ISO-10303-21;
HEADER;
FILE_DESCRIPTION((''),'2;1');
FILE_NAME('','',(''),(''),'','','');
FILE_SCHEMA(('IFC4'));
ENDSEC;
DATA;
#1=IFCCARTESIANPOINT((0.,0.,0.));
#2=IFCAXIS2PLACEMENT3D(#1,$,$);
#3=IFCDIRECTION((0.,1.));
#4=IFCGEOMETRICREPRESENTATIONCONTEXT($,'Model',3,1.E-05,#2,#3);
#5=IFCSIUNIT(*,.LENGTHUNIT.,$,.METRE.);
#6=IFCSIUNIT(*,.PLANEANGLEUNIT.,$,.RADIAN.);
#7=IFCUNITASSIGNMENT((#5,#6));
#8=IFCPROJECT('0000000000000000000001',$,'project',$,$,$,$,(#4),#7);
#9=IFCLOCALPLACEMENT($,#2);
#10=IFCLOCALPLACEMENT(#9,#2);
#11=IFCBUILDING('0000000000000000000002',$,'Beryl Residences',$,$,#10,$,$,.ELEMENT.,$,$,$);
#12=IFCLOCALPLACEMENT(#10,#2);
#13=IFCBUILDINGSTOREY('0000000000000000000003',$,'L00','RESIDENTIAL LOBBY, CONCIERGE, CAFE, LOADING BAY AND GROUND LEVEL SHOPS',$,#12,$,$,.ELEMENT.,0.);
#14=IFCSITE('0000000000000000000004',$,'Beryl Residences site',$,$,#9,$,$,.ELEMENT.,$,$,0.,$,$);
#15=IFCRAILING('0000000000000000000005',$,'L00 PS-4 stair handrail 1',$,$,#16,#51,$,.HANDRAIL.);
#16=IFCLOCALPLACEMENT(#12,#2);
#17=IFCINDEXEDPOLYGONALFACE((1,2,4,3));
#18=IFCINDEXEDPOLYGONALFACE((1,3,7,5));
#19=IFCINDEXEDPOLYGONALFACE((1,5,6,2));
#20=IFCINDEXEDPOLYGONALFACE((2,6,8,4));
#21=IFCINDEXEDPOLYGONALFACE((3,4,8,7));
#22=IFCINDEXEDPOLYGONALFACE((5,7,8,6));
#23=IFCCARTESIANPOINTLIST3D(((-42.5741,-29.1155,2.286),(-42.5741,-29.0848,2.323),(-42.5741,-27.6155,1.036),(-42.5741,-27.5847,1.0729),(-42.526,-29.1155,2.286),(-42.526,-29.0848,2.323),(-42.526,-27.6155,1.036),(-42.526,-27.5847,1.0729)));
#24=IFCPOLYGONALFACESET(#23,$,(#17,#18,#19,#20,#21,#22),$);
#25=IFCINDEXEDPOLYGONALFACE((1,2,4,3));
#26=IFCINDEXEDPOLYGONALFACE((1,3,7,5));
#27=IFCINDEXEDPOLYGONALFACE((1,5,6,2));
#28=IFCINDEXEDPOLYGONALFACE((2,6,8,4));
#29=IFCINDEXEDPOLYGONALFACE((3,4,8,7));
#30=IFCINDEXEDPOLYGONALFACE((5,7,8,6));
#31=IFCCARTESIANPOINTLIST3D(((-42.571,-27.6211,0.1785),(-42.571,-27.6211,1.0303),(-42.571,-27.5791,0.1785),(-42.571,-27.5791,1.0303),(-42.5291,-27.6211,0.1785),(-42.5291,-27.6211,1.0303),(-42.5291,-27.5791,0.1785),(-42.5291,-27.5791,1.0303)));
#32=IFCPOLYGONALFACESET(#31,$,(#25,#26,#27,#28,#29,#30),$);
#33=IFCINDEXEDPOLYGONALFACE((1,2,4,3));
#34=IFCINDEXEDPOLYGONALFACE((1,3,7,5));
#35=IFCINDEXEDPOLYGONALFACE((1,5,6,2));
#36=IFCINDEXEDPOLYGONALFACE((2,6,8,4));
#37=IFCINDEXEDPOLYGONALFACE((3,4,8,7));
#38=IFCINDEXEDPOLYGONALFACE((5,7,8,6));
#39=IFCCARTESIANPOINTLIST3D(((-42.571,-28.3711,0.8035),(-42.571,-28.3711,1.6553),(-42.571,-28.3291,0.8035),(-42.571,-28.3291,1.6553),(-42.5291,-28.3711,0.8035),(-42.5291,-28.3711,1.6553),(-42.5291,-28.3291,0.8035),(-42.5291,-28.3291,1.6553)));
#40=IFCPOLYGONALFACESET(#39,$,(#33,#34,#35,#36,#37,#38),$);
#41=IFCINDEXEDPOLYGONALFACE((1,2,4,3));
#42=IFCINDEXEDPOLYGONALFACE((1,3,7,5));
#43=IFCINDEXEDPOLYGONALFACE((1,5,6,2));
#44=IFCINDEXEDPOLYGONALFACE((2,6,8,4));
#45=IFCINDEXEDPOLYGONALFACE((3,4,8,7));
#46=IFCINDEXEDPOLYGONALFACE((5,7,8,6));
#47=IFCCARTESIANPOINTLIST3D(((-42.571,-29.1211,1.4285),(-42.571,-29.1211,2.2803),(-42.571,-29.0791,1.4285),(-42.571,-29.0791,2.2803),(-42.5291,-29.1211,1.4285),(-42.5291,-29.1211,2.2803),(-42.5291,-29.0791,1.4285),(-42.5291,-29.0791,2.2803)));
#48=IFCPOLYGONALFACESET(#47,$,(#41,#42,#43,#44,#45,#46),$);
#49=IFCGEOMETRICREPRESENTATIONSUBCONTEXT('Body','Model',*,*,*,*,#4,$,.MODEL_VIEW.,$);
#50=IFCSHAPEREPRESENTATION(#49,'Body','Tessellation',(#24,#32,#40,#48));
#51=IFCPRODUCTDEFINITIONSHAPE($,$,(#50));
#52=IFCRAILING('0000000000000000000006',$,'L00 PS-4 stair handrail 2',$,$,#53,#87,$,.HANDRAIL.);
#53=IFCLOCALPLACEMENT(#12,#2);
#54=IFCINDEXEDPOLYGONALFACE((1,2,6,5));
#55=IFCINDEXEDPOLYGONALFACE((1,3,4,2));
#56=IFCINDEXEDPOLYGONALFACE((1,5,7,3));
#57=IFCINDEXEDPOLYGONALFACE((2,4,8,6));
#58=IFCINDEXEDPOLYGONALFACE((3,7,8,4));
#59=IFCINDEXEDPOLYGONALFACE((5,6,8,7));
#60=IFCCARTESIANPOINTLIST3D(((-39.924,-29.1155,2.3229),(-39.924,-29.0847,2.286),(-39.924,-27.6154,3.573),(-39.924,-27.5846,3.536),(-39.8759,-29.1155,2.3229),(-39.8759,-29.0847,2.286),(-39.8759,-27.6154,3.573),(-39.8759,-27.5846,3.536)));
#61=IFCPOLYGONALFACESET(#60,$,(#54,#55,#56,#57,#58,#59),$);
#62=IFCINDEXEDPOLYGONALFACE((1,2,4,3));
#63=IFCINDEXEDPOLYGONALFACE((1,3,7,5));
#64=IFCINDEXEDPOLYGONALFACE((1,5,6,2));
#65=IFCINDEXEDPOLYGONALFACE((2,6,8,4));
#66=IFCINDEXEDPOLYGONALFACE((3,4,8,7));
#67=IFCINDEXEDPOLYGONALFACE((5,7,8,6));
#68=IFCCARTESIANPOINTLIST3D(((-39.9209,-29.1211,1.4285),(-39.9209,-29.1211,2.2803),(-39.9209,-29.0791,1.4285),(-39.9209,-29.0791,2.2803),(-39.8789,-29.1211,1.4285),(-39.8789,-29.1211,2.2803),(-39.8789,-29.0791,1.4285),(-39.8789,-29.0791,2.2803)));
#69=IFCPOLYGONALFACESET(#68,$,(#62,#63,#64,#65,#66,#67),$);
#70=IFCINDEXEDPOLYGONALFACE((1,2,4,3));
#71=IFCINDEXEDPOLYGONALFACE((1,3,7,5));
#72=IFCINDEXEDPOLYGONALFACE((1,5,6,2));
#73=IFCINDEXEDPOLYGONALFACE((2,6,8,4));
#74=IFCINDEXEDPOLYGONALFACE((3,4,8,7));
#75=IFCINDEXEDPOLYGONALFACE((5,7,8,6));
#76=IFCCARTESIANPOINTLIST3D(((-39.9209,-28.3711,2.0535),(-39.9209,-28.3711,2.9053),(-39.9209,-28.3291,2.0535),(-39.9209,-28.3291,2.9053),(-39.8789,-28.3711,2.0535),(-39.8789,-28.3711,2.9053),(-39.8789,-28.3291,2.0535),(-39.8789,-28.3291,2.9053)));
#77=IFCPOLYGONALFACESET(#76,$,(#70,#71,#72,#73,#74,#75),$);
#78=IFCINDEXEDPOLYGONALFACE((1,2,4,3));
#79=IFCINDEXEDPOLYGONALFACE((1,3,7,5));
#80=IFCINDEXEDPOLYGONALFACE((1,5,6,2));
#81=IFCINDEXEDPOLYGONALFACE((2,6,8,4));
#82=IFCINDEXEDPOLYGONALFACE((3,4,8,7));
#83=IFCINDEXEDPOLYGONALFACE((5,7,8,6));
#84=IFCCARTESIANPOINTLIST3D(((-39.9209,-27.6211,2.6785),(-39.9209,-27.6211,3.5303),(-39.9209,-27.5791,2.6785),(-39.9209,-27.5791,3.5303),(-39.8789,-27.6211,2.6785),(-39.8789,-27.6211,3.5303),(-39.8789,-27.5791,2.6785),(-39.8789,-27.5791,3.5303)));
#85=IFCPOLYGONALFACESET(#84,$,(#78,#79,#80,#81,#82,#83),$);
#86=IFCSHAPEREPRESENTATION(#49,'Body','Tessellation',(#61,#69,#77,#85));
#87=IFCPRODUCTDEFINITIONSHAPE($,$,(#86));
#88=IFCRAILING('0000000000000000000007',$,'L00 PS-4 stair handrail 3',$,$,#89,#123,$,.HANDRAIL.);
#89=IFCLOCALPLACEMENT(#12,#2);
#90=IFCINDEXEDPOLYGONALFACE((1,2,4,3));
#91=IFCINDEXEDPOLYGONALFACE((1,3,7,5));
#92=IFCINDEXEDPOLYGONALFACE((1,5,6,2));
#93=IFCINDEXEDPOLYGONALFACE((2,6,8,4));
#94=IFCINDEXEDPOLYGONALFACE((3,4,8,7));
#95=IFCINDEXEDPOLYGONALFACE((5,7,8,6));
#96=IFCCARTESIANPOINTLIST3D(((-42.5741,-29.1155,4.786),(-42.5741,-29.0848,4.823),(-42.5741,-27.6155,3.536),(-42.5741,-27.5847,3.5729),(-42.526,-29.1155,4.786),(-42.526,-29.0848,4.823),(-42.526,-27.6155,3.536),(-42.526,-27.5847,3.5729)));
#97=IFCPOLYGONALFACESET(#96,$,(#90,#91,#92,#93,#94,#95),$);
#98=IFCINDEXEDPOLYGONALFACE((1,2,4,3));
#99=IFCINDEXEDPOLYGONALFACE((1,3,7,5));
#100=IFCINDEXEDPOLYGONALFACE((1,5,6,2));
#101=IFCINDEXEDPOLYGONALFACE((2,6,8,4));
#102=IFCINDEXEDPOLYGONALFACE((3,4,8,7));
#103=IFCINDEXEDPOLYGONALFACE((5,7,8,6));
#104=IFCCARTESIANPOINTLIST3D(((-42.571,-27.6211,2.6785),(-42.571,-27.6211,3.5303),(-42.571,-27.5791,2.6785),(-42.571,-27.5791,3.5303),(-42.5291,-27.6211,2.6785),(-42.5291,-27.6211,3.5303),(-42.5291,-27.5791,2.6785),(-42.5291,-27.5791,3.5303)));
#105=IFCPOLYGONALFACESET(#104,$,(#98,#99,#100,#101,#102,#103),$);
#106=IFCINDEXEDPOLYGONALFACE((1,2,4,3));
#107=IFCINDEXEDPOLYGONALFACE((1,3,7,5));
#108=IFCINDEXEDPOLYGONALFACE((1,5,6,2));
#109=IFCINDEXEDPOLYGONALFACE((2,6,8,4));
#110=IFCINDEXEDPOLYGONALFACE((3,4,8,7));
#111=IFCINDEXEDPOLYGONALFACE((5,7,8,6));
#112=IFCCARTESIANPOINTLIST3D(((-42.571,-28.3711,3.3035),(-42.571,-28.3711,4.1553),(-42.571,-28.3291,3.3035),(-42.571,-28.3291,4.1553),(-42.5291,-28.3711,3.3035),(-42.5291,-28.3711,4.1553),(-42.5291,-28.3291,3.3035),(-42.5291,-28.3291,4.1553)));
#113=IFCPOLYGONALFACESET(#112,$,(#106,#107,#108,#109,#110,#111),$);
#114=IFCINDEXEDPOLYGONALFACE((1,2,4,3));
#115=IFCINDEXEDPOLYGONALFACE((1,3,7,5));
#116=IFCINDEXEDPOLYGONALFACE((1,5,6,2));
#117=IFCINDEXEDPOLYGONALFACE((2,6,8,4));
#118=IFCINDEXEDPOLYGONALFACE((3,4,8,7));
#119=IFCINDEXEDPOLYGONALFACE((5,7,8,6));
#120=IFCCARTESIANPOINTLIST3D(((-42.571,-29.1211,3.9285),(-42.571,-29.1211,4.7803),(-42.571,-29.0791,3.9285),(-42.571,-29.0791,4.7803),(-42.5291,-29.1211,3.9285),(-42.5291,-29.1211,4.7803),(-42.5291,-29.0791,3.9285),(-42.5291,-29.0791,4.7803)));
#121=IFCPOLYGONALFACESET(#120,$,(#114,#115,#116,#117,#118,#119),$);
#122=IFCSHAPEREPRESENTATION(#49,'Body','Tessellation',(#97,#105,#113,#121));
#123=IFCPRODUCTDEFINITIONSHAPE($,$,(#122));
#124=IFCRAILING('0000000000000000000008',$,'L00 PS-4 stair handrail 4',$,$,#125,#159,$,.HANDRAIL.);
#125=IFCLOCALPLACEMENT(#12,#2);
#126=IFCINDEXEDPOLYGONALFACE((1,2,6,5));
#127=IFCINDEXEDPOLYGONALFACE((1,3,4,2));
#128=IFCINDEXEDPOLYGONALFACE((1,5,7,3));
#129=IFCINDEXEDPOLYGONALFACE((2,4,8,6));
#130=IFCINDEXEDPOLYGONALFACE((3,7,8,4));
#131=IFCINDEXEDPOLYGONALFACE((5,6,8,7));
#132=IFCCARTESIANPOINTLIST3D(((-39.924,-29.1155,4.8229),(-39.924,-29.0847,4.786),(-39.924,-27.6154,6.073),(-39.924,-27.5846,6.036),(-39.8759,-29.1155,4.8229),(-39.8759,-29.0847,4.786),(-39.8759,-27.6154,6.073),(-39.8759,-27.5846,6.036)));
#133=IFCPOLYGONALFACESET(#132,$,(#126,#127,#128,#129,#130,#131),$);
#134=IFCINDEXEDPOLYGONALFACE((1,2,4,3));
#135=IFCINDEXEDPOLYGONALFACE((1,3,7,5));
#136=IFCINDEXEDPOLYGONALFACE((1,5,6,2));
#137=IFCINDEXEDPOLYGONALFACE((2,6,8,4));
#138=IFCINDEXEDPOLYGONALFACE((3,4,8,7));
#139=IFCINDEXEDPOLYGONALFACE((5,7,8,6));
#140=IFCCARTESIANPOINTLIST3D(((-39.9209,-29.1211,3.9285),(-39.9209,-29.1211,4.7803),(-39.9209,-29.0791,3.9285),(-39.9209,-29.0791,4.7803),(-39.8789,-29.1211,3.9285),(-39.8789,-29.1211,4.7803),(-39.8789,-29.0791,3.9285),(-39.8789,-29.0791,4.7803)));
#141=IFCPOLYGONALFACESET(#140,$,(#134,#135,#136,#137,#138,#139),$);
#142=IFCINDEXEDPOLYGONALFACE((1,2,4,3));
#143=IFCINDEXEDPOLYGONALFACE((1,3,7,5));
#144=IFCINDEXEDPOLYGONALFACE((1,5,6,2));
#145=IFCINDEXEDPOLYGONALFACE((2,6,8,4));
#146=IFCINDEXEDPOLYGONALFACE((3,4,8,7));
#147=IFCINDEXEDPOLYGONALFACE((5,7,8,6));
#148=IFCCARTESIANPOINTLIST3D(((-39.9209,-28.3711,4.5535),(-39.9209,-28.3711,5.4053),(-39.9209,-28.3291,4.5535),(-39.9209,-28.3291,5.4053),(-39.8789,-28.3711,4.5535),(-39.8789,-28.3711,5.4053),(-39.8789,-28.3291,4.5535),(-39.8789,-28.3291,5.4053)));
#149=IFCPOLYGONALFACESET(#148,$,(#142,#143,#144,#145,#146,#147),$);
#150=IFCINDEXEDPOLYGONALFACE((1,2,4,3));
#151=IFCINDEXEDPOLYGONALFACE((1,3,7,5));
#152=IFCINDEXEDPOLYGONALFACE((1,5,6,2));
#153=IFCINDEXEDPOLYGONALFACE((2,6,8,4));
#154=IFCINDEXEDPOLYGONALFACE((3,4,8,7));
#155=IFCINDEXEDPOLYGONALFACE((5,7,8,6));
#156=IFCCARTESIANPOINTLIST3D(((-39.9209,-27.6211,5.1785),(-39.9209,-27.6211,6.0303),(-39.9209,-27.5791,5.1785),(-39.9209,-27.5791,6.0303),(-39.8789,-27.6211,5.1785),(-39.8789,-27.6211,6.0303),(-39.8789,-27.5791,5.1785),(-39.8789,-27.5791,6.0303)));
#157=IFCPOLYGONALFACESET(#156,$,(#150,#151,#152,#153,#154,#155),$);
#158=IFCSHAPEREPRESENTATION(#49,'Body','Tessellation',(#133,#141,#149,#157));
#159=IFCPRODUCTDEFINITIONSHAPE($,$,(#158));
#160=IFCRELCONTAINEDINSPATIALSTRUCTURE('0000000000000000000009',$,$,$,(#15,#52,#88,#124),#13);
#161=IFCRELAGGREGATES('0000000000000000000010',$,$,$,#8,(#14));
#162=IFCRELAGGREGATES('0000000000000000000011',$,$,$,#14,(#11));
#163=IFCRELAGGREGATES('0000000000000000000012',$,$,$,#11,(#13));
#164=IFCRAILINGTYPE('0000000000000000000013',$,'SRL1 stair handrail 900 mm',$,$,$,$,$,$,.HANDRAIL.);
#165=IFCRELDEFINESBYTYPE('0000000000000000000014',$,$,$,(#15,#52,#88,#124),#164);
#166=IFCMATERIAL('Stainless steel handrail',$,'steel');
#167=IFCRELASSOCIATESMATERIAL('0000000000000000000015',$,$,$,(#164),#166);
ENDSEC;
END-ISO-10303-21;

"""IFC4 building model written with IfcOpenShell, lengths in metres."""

from ifc_helpers import new_model, si_unit, direction, frame, origin, origin_2d, place, context, subcontext, project, spatial, rectangle, extrude, material, type_object, element, save


model = new_model("IFC4")

# Units and contexts
model_context = context("Model", 3, precision=1e-05, world=origin(), true_north=direction((0.0, 1.0)))
body_context = subcontext(model_context, "Body", "Model", "MODEL_VIEW")
ifc_project = project(units=[si_unit("LENGTHUNIT", "METRE"), si_unit("PLANEANGLEUNIT", "RADIAN")], contexts=[model_context])

# Site, building, storey
site_placement = place(None, origin())
site = spatial("IfcSite", under=ifc_project, at=site_placement, Name="Beryl Residences site", CompositionType="ELEMENT", RefElevation=0.0)
building_placement = place(site_placement, origin())
building = spatial("IfcBuilding", under=site, at=building_placement, Name="Beryl Residences", CompositionType="ELEMENT")
storey_placement = place(building_placement, origin())
storey = spatial("IfcBuildingStorey", under=building, at=storey_placement, Name="L00", Description="RESIDENTIAL LOBBY, CONCIERGE, CAFE, LOADING BAY AND GROUND LEVEL SHOPS", CompositionType="ELEMENT", Elevation=0.0)

# Railings
ifc_material_1 = material(Name="Stainless steel handrail", Category="steel")
railing_type_1 = type_object("IfcRailingType", Name="SRL1 stair handrail 900 mm", PredefinedType="HANDRAIL", material=ifc_material_1)
railing_1_placement = place(storey_placement, frame((-42.55, -27.6001, 0.1785)))
element("IfcRailing", 1, at=railing_1_placement, inside=storey, type_object=railing_type_1, Name="L00 PS-4 stair handrail 1", PredefinedType="HANDRAIL", context=body_context, shape_type="SweptSolid", body=[
    extrude(rectangle(XDim=0.0481, YDim=0.0481, at=origin_2d()), frame((0.0, 0.0, 0.876), z_axis=(0.0, -0.768221, 0.640184), x_axis=(1.0, 0.0, 0.0)), (0.0, 0.0, 1.0), 1.9526),
    extrude(rectangle(XDim=0.042, YDim=0.042, at=origin_2d()), origin(), (0.0, 0.0, 1.0), 0.8518),
    extrude(rectangle(XDim=0.042, YDim=0.042, at=origin_2d()), frame((0.0, -0.75, 0.625)), (0.0, 0.0, 1.0), 0.8518),
    extrude(rectangle(XDim=0.042, YDim=0.042, at=origin_2d()), frame((0.0, -1.5, 1.25)), (0.0, 0.0, 1.0), 0.8518),
])
railing_2_placement = place(storey_placement, frame((-39.8999, -29.1001, 1.4285)))
element("IfcRailing", 2, at=railing_2_placement, inside=storey, type_object=railing_type_1, Name="L00 PS-4 stair handrail 2", PredefinedType="HANDRAIL", context=body_context, shape_type="SweptSolid", body=[
    extrude(rectangle(XDim=0.0481, YDim=0.0481, at=origin_2d()), frame((0.0, 0.0, 0.876), z_axis=(0.0, 0.768221, 0.640184), x_axis=(-1.0, 0.0, 0.0)), (0.0, 0.0, 1.0), 1.9526),
    extrude(rectangle(XDim=0.042, YDim=0.042, at=origin_2d()), origin(), (0.0, 0.0, 1.0), 0.8518),
    extrude(rectangle(XDim=0.042, YDim=0.042, at=origin_2d()), frame((0.0, 0.75, 0.625)), (0.0, 0.0, 1.0), 0.8518),
    extrude(rectangle(XDim=0.042, YDim=0.042, at=origin_2d()), frame((0.0, 1.5, 1.25)), (0.0, 0.0, 1.0), 0.8518),
])
railing_3_placement = place(storey_placement, frame((-42.55, -27.6001, 2.6785)))
element("IfcRailing", 3, at=railing_3_placement, inside=storey, type_object=railing_type_1, Name="L00 PS-4 stair handrail 3", PredefinedType="HANDRAIL", context=body_context, shape_type="SweptSolid", body=[
    extrude(rectangle(XDim=0.0481, YDim=0.0481, at=origin_2d()), frame((0.0, 0.0, 0.876), z_axis=(0.0, -0.768221, 0.640184), x_axis=(1.0, 0.0, 0.0)), (0.0, 0.0, 1.0), 1.9526),
    extrude(rectangle(XDim=0.042, YDim=0.042, at=origin_2d()), origin(), (0.0, 0.0, 1.0), 0.8518),
    extrude(rectangle(XDim=0.042, YDim=0.042, at=origin_2d()), frame((0.0, -0.75, 0.625)), (0.0, 0.0, 1.0), 0.8518),
    extrude(rectangle(XDim=0.042, YDim=0.042, at=origin_2d()), frame((0.0, -1.5, 1.25)), (0.0, 0.0, 1.0), 0.8518),
])
railing_4_placement = place(storey_placement, frame((-39.8999, -29.1001, 3.9285)))
element("IfcRailing", 4, at=railing_4_placement, inside=storey, type_object=railing_type_1, Name="L00 PS-4 stair handrail 4", PredefinedType="HANDRAIL", context=body_context, shape_type="SweptSolid", body=[
    extrude(rectangle(XDim=0.0481, YDim=0.0481, at=origin_2d()), frame((0.0, 0.0, 0.876), z_axis=(0.0, 0.768221, 0.640184), x_axis=(-1.0, 0.0, 0.0)), (0.0, 0.0, 1.0), 1.9526),
    extrude(rectangle(XDim=0.042, YDim=0.042, at=origin_2d()), origin(), (0.0, 0.0, 1.0), 0.8518),
    extrude(rectangle(XDim=0.042, YDim=0.042, at=origin_2d()), frame((0.0, 0.75, 0.625)), (0.0, 0.0, 1.0), 0.8518),
    extrude(rectangle(XDim=0.042, YDim=0.042, at=origin_2d()), frame((0.0, 1.5, 1.25)), (0.0, 0.0, 1.0), 0.8518),
])

save(model, "model.ifc")
